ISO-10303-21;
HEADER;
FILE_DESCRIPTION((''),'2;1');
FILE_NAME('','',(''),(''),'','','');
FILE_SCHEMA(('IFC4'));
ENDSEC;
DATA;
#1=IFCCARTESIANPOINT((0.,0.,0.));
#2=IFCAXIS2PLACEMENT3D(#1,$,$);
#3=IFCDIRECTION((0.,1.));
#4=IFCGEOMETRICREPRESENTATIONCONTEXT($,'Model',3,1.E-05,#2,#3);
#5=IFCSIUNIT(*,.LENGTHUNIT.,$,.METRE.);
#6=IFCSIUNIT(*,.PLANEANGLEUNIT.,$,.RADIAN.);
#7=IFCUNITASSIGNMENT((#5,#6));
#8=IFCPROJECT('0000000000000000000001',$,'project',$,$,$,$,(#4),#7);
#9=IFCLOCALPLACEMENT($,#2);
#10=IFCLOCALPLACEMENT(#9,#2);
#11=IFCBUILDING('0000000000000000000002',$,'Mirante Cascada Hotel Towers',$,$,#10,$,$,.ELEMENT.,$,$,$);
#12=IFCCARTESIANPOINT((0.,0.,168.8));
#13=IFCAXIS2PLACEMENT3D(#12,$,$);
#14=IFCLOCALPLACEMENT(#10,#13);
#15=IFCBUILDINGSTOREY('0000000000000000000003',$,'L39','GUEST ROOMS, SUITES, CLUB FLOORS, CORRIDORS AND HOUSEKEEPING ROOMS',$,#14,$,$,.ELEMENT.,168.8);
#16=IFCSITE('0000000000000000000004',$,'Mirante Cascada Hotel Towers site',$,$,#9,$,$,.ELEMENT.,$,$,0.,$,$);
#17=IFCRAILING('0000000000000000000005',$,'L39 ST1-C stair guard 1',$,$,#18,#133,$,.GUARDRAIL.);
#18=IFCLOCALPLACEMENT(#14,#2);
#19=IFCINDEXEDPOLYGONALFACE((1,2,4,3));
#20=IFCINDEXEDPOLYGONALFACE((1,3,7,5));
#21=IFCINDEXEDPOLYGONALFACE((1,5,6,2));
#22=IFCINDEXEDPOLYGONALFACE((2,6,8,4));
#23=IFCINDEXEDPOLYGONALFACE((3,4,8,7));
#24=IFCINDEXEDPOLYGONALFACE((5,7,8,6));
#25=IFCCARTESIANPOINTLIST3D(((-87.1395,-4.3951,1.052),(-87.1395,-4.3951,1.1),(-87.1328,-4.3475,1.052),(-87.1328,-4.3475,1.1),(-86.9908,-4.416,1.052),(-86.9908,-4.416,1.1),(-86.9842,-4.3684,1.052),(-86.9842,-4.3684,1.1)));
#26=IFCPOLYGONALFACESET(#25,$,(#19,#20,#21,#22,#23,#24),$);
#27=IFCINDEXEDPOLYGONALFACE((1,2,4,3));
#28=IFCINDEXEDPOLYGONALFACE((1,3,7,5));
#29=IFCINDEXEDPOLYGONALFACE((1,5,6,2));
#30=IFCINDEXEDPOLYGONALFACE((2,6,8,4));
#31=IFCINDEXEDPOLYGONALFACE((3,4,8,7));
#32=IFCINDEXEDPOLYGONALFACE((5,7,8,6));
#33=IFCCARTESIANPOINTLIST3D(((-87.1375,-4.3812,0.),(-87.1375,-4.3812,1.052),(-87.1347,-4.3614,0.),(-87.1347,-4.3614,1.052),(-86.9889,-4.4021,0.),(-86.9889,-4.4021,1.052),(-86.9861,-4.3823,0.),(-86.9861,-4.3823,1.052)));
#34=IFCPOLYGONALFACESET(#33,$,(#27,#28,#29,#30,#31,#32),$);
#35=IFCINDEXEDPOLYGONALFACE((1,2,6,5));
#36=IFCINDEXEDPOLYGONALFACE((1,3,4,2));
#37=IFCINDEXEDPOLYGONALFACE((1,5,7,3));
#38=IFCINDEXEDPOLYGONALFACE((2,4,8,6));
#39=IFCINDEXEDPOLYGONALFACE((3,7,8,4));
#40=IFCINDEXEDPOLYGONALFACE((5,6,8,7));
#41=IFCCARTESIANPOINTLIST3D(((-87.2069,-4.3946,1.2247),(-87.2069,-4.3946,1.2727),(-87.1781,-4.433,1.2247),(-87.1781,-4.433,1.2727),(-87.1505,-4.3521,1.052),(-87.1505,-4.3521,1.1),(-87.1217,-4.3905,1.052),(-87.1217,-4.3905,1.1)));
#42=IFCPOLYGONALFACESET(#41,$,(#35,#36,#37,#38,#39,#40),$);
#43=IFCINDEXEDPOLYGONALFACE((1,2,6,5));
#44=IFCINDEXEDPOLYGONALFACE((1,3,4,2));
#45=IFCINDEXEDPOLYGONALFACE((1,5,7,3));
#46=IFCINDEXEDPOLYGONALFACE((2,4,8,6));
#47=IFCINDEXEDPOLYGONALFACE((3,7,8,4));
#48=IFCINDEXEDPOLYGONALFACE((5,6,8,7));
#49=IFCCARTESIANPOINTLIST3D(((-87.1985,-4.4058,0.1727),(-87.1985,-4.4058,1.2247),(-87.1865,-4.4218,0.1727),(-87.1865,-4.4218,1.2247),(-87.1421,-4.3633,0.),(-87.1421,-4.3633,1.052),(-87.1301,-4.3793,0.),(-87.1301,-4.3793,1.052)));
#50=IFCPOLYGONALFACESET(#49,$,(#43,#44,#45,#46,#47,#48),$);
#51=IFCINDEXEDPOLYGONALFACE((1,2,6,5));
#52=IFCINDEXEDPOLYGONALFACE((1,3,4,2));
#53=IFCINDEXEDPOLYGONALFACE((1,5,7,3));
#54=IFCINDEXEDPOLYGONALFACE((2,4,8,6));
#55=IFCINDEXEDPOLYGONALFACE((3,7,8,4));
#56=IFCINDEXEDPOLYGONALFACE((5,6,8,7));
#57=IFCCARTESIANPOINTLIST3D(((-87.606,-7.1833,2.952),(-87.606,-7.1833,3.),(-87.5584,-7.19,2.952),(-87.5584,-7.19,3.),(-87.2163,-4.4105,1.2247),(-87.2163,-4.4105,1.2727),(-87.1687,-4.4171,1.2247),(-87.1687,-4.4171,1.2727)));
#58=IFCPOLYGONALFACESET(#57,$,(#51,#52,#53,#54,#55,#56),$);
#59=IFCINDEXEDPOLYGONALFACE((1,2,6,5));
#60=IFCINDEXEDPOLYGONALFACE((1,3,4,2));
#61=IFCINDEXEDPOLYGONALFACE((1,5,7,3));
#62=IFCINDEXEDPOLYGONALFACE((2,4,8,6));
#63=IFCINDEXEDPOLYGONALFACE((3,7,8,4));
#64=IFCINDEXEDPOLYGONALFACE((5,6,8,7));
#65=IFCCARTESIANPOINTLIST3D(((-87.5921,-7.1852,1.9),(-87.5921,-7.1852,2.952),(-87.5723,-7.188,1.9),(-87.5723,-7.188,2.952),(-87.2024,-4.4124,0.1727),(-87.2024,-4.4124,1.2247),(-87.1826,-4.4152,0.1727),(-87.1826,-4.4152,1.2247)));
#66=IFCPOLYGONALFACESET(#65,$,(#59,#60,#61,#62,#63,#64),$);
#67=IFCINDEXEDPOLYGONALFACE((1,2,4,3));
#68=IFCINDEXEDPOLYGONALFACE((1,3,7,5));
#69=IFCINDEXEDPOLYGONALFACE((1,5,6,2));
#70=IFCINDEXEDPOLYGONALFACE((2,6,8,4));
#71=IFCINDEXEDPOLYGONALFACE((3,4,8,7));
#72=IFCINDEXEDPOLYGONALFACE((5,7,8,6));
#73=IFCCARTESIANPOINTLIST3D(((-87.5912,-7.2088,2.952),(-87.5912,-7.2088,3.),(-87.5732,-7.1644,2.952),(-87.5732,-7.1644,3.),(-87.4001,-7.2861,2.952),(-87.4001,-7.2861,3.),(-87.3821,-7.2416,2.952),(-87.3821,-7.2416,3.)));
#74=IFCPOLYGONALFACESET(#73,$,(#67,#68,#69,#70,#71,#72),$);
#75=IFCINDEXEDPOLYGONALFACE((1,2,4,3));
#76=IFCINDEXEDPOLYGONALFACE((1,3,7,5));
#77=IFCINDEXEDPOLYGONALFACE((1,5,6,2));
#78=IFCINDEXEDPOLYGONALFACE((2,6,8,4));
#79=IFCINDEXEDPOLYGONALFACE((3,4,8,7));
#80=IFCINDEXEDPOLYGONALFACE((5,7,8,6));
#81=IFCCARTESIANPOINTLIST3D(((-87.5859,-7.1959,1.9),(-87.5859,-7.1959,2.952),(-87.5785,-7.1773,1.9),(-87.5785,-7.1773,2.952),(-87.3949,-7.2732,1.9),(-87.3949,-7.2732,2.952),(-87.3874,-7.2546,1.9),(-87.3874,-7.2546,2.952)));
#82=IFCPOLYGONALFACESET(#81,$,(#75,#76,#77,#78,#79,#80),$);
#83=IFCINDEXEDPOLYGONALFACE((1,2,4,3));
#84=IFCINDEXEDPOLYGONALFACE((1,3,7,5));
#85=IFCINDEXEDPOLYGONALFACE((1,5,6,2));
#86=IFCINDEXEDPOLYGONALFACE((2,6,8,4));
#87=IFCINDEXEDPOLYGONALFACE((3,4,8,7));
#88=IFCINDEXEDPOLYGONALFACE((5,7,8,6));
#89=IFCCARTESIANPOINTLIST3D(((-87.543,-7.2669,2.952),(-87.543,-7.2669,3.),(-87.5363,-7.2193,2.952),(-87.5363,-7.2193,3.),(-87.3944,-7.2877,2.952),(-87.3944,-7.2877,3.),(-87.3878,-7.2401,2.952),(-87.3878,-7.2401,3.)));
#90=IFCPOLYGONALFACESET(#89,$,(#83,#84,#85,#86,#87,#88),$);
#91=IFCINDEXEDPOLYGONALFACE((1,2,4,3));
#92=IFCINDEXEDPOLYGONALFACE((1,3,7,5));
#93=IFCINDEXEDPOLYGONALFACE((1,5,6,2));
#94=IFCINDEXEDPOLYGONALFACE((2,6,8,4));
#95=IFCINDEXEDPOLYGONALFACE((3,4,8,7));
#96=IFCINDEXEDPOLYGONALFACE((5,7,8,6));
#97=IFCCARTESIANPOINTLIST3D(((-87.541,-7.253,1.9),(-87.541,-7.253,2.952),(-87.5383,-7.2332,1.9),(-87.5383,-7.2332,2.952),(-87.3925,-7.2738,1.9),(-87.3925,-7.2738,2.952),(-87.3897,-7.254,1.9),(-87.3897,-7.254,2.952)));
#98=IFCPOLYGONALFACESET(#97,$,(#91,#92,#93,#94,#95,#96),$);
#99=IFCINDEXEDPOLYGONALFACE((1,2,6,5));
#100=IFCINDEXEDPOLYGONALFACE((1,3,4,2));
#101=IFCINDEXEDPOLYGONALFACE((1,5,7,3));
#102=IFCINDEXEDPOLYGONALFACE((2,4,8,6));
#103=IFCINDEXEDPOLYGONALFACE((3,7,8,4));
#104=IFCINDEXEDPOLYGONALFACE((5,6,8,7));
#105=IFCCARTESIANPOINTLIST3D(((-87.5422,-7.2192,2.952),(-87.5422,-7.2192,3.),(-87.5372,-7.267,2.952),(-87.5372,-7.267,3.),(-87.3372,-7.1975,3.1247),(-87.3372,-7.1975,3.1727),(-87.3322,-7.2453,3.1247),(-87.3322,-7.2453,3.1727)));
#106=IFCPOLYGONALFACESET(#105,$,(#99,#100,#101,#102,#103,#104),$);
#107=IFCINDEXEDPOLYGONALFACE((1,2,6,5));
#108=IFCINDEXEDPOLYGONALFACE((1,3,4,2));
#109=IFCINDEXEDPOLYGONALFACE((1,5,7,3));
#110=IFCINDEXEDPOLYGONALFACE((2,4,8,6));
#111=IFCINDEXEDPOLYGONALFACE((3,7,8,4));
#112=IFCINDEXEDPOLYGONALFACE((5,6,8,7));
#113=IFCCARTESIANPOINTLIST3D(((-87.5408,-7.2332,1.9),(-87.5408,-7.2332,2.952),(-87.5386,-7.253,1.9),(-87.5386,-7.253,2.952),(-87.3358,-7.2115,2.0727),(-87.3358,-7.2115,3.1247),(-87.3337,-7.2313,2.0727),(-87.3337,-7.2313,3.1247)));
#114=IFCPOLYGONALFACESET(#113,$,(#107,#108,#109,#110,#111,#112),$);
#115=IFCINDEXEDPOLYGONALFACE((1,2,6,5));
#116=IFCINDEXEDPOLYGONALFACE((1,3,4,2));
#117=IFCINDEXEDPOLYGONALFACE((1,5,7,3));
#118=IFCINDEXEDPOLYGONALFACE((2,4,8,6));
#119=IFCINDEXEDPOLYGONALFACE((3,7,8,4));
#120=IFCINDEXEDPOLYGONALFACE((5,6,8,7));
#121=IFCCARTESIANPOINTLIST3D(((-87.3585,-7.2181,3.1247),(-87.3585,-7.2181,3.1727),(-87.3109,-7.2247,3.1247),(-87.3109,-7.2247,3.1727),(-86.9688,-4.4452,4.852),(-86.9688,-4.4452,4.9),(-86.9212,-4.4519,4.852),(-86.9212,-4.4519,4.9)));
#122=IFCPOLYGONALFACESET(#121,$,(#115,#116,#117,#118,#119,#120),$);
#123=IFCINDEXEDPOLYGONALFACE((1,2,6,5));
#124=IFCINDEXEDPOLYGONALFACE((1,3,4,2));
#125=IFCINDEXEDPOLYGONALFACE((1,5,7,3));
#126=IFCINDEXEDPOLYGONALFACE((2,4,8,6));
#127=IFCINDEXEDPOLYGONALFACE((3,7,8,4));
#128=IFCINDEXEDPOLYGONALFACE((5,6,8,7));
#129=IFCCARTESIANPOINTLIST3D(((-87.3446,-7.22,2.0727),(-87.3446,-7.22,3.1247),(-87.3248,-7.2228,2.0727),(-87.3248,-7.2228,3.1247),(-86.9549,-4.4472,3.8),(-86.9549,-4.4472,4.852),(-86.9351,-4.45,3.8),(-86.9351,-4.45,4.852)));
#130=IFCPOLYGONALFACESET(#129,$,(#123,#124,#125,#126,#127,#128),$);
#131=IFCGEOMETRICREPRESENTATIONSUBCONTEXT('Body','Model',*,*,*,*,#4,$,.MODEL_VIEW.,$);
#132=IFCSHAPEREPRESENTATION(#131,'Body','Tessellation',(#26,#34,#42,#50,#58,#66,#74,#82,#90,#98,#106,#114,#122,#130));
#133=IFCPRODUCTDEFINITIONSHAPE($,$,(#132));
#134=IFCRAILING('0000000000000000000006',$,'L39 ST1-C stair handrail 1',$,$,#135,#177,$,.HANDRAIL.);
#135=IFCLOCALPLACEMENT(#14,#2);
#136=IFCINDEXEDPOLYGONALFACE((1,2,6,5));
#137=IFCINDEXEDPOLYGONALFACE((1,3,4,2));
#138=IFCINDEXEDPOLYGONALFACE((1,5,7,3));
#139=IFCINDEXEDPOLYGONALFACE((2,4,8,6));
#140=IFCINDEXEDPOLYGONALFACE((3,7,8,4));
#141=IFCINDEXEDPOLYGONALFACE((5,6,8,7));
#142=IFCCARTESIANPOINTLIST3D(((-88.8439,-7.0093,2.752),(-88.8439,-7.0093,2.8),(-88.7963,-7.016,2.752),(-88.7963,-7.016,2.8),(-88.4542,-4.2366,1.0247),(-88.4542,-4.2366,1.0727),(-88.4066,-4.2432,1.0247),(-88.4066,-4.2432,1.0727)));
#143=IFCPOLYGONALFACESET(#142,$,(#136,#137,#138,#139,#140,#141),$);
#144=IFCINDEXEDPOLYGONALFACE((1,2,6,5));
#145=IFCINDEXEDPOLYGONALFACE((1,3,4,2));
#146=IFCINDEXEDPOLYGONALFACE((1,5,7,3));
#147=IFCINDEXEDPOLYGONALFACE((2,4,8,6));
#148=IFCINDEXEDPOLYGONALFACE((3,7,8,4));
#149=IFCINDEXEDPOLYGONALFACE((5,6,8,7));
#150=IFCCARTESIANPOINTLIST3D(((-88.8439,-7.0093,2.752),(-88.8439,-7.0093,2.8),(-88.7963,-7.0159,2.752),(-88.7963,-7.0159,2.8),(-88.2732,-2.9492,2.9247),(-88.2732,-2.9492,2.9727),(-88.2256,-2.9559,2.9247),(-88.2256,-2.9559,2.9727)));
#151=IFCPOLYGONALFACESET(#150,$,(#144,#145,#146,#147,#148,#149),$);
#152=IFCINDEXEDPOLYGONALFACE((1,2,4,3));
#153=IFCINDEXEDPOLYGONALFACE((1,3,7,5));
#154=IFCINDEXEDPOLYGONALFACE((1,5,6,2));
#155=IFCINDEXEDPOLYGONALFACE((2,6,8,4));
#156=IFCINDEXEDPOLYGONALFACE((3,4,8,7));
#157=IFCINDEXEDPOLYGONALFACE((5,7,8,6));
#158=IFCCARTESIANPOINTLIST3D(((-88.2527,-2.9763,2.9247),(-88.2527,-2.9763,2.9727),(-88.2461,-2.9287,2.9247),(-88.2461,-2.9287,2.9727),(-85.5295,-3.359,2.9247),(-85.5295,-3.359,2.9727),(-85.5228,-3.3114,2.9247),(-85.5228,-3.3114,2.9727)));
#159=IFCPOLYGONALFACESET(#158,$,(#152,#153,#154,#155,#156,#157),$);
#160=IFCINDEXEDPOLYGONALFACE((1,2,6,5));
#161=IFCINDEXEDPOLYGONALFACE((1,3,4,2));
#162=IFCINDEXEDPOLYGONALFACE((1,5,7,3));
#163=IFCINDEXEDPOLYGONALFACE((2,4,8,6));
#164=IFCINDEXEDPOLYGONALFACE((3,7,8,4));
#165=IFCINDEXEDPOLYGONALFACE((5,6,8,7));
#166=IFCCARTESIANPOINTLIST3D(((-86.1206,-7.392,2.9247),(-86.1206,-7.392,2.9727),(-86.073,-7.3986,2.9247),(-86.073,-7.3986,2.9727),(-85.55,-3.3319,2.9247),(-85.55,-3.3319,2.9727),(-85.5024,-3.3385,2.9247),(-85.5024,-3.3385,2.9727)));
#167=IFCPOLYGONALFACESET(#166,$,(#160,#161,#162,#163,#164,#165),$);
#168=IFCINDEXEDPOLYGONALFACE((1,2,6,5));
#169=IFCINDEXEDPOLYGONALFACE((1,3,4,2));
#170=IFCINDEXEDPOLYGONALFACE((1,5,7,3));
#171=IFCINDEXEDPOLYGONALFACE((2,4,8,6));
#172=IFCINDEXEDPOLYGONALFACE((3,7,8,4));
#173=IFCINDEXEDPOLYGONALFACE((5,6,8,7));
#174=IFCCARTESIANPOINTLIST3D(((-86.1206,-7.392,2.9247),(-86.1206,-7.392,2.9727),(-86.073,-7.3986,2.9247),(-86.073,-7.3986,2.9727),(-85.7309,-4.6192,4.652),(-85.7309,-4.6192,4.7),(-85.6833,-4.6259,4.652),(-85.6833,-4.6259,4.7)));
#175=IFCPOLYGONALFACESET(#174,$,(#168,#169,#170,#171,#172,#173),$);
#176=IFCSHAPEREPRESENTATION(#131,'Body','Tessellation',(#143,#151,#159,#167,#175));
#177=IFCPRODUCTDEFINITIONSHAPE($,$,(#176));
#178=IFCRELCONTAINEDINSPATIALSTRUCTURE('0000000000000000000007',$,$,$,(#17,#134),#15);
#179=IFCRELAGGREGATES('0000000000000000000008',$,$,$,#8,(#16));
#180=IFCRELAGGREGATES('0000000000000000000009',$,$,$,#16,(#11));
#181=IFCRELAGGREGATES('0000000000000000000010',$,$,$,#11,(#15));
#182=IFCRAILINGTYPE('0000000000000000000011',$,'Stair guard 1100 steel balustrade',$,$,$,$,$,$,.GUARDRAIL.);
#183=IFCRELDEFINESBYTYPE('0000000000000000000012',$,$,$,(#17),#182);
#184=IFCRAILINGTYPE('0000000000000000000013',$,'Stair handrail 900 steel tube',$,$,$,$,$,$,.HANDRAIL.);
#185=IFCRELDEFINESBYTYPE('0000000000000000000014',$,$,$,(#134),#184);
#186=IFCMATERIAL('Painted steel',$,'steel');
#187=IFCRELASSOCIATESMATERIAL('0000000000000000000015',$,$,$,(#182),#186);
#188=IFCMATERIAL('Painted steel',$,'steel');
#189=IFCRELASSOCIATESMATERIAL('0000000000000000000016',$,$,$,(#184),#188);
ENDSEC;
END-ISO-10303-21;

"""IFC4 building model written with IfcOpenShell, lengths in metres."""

from ifc_helpers import new_model, si_unit, direction, frame, origin, origin_2d, place, context, subcontext, project, spatial, rectangle, extrude, material, type_object, element, save


model = new_model("IFC4")

# Units and contexts
model_context = context("Model", 3, precision=1e-05, world=origin(), true_north=direction((0.0, 1.0)))
body_context = subcontext(model_context, "Body", "Model", "MODEL_VIEW")
ifc_project = project(units=[si_unit("LENGTHUNIT", "METRE"), si_unit("PLANEANGLEUNIT", "RADIAN")], contexts=[model_context])

# Site, building, storey
site_placement = place(None, origin())
site = spatial("IfcSite", under=ifc_project, at=site_placement, Name="Mirante Cascada Hotel Towers site", CompositionType="ELEMENT", RefElevation=0.0)
building_placement = place(site_placement, origin())
building = spatial("IfcBuilding", under=site, at=building_placement, Name="Mirante Cascada Hotel Towers", CompositionType="ELEMENT")
storey_placement = place(building_placement, frame((0.0, 0.0, 168.8)))
storey = spatial("IfcBuildingStorey", under=building, at=storey_placement, Name="L39", Description="GUEST ROOMS, SUITES, CLUB FLOORS, CORRIDORS AND HOUSEKEEPING ROOMS", CompositionType="ELEMENT", Elevation=168.8)

# Railings
ifc_material_1 = material(Name="Painted steel", Category="steel")
railing_type_1 = type_object("IfcRailingType", Name="Stair guard 1100 steel balustrade", PredefinedType="GUARDRAIL", material=ifc_material_1)
railing_1_placement = place(storey_placement, frame((-86.9875, -4.3922, 0.0)))
element("IfcRailing", 1, at=railing_1_placement, inside=storey, type_object=railing_type_1, Name="L39 ST1-C stair guard 1", PredefinedType="GUARDRAIL", context=body_context, shape_type="SweptSolid", body=[
    extrude(rectangle(XDim=0.048, YDim=0.048, at=origin_2d()), frame((0.0, 0.0, 1.076), z_axis=(-0.990254, 0.139275, 0.0), x_axis=(-0.139275, -0.990254, 0.0)), (0.0, 0.0, 1.0), 0.1501),
    extrude(rectangle(XDim=0.02, YDim=1.052, at=origin_2d()), frame((0.0, 0.0, 0.526), z_axis=(-0.990254, 0.139275, 0.0), x_axis=(-0.139275, -0.990254, 0.0)), (0.0, 0.0, 1.0), 0.1501),
    extrude(rectangle(XDim=0.048, YDim=0.048, at=origin_2d()), frame((-0.1486, 0.0209, 1.076), z_axis=(-0.798639, -0.601811, 0.0), x_axis=(0.601811, -0.798639, 0.0)), (0.0, 0.925603, 0.378496), 0.1866),
    extrude(rectangle(XDim=0.02, YDim=1.052, at=origin_2d()), frame((-0.1486, 0.0209, 0.526), z_axis=(-0.798639, -0.601811, 0.0), x_axis=(0.601811, -0.798639, 0.0)), (0.0, 0.925603, 0.378496), 0.1866),
    extrude(rectangle(XDim=0.048, YDim=0.048, at=origin_2d()), frame((-0.205, -0.0216, 1.2487), z_axis=(-0.139176, -0.990268, 0.0), x_axis=(0.990268, -0.139176, 0.0)), (0.0, 0.525021, 0.851089), 3.29),
    extrude(rectangle(XDim=0.02, YDim=1.052, at=origin_2d()), frame((-0.205, -0.0216, 0.6987), z_axis=(-0.139176, -0.990268, 0.0), x_axis=(0.990268, -0.139176, 0.0)), (0.0, 0.525021, 0.851089), 3.29),
    extrude(rectangle(XDim=0.048, YDim=0.048, at=origin_2d()), frame((-0.5947, -2.7944, 2.976), z_axis=(0.927031, -0.374984, 0.0), x_axis=(0.374984, 0.927031, 0.0)), (0.0, 0.0, 1.0), 0.2061),
    extrude(rectangle(XDim=0.02, YDim=1.052, at=origin_2d()), frame((-0.5947, -2.7944, 2.426), z_axis=(0.927031, -0.374984, 0.0), x_axis=(0.374984, 0.927031, 0.0)), (0.0, 0.0, 1.0), 0.2061),
    extrude(rectangle(XDim=0.048, YDim=0.048, at=origin_2d()), frame((-0.4036, -2.8717, 2.976), z_axis=(-0.990345, 0.138622, 0.0), x_axis=(-0.138622, -0.990345, 0.0)), (0.0, 0.0, 1.0), 0.15),
    extrude(rectangle(XDim=0.02, YDim=1.052, at=origin_2d()), frame((-0.4036, -2.8717, 2.426), z_axis=(-0.990345, 0.138622, 0.0), x_axis=(-0.138622, -0.990345, 0.0)), (0.0, 0.0, 1.0), 0.15),
    extrude(rectangle(XDim=0.048, YDim=0.048, at=origin_2d()), frame((-0.5522, -2.8509, 2.976), z_axis=(0.994444, 0.105266, 0.0), x_axis=(-0.105266, 0.994444, 0.0)), (0.0, 0.642184, 0.76655), 0.2689),
    extrude(rectangle(XDim=0.02, YDim=1.052, at=origin_2d()), frame((-0.5522, -2.8509, 2.426), z_axis=(0.994444, 0.105266, 0.0), x_axis=(-0.105266, 0.994444, 0.0)), (0.0, 0.642184, 0.76655), 0.2689),
    extrude(rectangle(XDim=0.048, YDim=0.048, at=origin_2d()), frame((-0.3472, -2.8292, 3.1487), z_axis=(0.139176, 0.990268, 0.0), x_axis=(-0.990268, 0.139176, 0.0)), (0.0, 0.525021, 0.851089), 3.29),
    extrude(rectangle(XDim=0.02, YDim=1.052, at=origin_2d()), frame((-0.3472, -2.8292, 2.5987), z_axis=(0.139176, 0.990268, 0.0), x_axis=(-0.990268, 0.139176, 0.0)), (0.0, 0.525021, 0.851089), 3.29),
])
ifc_material_2 = material(Name="Painted steel", Category="steel")
railing_type_2 = type_object("IfcRailingType", Name="Stair handrail 900 steel tube", PredefinedType="HANDRAIL", material=ifc_material_2)
railing_2_placement = place(storey_placement, frame((-88.4304, -4.2399, 0.1727)))
element("IfcRailing", 2, at=railing_2_placement, inside=storey, type_object=railing_type_2, Name="L39 ST1-C stair handrail 1", PredefinedType="HANDRAIL", context=body_context, shape_type="SweptSolid", body=[
    extrude(rectangle(XDim=0.048, YDim=0.048, at=origin_2d()), frame((0.0, 0.0, 0.876), z_axis=(-0.139181, -0.990267, 0.0), x_axis=(0.990267, -0.139181, 0.0)), (0.0, 0.525035, 0.851081), 3.2899),
    extrude(rectangle(XDim=0.048, YDim=0.048, at=origin_2d()), frame((-0.3897, -2.7727, 2.6033), z_axis=(0.139195, 0.990265, 0.0), x_axis=(-0.990265, 0.139195, 0.0)), (0.0, 0.042084, 0.999114), 4.1036),
    extrude(rectangle(XDim=0.048, YDim=0.048, at=origin_2d()), frame((0.181, 1.2874, 2.776), z_axis=(0.990269, -0.139166, 0.0), x_axis=(0.139166, 0.990269, 0.0)), (0.0, 0.0, 1.0), 2.75),
    extrude(rectangle(XDim=0.048, YDim=0.048, at=origin_2d()), frame((2.9042, 0.9047, 2.776), z_axis=(-0.139171, -0.990268, 0.0), x_axis=(0.990268, -0.139171, 0.0)), (0.0, 0.0, 1.0), 4.1),
    extrude(rectangle(XDim=0.048, YDim=0.048, at=origin_2d()), frame((2.3336, -3.1554, 2.776), z_axis=(0.139181, 0.990267, 0.0), x_axis=(-0.990267, 0.139181, 0.0)), (0.0, 0.525035, 0.851081), 3.2899),
])

save(model, "model.ifc")
